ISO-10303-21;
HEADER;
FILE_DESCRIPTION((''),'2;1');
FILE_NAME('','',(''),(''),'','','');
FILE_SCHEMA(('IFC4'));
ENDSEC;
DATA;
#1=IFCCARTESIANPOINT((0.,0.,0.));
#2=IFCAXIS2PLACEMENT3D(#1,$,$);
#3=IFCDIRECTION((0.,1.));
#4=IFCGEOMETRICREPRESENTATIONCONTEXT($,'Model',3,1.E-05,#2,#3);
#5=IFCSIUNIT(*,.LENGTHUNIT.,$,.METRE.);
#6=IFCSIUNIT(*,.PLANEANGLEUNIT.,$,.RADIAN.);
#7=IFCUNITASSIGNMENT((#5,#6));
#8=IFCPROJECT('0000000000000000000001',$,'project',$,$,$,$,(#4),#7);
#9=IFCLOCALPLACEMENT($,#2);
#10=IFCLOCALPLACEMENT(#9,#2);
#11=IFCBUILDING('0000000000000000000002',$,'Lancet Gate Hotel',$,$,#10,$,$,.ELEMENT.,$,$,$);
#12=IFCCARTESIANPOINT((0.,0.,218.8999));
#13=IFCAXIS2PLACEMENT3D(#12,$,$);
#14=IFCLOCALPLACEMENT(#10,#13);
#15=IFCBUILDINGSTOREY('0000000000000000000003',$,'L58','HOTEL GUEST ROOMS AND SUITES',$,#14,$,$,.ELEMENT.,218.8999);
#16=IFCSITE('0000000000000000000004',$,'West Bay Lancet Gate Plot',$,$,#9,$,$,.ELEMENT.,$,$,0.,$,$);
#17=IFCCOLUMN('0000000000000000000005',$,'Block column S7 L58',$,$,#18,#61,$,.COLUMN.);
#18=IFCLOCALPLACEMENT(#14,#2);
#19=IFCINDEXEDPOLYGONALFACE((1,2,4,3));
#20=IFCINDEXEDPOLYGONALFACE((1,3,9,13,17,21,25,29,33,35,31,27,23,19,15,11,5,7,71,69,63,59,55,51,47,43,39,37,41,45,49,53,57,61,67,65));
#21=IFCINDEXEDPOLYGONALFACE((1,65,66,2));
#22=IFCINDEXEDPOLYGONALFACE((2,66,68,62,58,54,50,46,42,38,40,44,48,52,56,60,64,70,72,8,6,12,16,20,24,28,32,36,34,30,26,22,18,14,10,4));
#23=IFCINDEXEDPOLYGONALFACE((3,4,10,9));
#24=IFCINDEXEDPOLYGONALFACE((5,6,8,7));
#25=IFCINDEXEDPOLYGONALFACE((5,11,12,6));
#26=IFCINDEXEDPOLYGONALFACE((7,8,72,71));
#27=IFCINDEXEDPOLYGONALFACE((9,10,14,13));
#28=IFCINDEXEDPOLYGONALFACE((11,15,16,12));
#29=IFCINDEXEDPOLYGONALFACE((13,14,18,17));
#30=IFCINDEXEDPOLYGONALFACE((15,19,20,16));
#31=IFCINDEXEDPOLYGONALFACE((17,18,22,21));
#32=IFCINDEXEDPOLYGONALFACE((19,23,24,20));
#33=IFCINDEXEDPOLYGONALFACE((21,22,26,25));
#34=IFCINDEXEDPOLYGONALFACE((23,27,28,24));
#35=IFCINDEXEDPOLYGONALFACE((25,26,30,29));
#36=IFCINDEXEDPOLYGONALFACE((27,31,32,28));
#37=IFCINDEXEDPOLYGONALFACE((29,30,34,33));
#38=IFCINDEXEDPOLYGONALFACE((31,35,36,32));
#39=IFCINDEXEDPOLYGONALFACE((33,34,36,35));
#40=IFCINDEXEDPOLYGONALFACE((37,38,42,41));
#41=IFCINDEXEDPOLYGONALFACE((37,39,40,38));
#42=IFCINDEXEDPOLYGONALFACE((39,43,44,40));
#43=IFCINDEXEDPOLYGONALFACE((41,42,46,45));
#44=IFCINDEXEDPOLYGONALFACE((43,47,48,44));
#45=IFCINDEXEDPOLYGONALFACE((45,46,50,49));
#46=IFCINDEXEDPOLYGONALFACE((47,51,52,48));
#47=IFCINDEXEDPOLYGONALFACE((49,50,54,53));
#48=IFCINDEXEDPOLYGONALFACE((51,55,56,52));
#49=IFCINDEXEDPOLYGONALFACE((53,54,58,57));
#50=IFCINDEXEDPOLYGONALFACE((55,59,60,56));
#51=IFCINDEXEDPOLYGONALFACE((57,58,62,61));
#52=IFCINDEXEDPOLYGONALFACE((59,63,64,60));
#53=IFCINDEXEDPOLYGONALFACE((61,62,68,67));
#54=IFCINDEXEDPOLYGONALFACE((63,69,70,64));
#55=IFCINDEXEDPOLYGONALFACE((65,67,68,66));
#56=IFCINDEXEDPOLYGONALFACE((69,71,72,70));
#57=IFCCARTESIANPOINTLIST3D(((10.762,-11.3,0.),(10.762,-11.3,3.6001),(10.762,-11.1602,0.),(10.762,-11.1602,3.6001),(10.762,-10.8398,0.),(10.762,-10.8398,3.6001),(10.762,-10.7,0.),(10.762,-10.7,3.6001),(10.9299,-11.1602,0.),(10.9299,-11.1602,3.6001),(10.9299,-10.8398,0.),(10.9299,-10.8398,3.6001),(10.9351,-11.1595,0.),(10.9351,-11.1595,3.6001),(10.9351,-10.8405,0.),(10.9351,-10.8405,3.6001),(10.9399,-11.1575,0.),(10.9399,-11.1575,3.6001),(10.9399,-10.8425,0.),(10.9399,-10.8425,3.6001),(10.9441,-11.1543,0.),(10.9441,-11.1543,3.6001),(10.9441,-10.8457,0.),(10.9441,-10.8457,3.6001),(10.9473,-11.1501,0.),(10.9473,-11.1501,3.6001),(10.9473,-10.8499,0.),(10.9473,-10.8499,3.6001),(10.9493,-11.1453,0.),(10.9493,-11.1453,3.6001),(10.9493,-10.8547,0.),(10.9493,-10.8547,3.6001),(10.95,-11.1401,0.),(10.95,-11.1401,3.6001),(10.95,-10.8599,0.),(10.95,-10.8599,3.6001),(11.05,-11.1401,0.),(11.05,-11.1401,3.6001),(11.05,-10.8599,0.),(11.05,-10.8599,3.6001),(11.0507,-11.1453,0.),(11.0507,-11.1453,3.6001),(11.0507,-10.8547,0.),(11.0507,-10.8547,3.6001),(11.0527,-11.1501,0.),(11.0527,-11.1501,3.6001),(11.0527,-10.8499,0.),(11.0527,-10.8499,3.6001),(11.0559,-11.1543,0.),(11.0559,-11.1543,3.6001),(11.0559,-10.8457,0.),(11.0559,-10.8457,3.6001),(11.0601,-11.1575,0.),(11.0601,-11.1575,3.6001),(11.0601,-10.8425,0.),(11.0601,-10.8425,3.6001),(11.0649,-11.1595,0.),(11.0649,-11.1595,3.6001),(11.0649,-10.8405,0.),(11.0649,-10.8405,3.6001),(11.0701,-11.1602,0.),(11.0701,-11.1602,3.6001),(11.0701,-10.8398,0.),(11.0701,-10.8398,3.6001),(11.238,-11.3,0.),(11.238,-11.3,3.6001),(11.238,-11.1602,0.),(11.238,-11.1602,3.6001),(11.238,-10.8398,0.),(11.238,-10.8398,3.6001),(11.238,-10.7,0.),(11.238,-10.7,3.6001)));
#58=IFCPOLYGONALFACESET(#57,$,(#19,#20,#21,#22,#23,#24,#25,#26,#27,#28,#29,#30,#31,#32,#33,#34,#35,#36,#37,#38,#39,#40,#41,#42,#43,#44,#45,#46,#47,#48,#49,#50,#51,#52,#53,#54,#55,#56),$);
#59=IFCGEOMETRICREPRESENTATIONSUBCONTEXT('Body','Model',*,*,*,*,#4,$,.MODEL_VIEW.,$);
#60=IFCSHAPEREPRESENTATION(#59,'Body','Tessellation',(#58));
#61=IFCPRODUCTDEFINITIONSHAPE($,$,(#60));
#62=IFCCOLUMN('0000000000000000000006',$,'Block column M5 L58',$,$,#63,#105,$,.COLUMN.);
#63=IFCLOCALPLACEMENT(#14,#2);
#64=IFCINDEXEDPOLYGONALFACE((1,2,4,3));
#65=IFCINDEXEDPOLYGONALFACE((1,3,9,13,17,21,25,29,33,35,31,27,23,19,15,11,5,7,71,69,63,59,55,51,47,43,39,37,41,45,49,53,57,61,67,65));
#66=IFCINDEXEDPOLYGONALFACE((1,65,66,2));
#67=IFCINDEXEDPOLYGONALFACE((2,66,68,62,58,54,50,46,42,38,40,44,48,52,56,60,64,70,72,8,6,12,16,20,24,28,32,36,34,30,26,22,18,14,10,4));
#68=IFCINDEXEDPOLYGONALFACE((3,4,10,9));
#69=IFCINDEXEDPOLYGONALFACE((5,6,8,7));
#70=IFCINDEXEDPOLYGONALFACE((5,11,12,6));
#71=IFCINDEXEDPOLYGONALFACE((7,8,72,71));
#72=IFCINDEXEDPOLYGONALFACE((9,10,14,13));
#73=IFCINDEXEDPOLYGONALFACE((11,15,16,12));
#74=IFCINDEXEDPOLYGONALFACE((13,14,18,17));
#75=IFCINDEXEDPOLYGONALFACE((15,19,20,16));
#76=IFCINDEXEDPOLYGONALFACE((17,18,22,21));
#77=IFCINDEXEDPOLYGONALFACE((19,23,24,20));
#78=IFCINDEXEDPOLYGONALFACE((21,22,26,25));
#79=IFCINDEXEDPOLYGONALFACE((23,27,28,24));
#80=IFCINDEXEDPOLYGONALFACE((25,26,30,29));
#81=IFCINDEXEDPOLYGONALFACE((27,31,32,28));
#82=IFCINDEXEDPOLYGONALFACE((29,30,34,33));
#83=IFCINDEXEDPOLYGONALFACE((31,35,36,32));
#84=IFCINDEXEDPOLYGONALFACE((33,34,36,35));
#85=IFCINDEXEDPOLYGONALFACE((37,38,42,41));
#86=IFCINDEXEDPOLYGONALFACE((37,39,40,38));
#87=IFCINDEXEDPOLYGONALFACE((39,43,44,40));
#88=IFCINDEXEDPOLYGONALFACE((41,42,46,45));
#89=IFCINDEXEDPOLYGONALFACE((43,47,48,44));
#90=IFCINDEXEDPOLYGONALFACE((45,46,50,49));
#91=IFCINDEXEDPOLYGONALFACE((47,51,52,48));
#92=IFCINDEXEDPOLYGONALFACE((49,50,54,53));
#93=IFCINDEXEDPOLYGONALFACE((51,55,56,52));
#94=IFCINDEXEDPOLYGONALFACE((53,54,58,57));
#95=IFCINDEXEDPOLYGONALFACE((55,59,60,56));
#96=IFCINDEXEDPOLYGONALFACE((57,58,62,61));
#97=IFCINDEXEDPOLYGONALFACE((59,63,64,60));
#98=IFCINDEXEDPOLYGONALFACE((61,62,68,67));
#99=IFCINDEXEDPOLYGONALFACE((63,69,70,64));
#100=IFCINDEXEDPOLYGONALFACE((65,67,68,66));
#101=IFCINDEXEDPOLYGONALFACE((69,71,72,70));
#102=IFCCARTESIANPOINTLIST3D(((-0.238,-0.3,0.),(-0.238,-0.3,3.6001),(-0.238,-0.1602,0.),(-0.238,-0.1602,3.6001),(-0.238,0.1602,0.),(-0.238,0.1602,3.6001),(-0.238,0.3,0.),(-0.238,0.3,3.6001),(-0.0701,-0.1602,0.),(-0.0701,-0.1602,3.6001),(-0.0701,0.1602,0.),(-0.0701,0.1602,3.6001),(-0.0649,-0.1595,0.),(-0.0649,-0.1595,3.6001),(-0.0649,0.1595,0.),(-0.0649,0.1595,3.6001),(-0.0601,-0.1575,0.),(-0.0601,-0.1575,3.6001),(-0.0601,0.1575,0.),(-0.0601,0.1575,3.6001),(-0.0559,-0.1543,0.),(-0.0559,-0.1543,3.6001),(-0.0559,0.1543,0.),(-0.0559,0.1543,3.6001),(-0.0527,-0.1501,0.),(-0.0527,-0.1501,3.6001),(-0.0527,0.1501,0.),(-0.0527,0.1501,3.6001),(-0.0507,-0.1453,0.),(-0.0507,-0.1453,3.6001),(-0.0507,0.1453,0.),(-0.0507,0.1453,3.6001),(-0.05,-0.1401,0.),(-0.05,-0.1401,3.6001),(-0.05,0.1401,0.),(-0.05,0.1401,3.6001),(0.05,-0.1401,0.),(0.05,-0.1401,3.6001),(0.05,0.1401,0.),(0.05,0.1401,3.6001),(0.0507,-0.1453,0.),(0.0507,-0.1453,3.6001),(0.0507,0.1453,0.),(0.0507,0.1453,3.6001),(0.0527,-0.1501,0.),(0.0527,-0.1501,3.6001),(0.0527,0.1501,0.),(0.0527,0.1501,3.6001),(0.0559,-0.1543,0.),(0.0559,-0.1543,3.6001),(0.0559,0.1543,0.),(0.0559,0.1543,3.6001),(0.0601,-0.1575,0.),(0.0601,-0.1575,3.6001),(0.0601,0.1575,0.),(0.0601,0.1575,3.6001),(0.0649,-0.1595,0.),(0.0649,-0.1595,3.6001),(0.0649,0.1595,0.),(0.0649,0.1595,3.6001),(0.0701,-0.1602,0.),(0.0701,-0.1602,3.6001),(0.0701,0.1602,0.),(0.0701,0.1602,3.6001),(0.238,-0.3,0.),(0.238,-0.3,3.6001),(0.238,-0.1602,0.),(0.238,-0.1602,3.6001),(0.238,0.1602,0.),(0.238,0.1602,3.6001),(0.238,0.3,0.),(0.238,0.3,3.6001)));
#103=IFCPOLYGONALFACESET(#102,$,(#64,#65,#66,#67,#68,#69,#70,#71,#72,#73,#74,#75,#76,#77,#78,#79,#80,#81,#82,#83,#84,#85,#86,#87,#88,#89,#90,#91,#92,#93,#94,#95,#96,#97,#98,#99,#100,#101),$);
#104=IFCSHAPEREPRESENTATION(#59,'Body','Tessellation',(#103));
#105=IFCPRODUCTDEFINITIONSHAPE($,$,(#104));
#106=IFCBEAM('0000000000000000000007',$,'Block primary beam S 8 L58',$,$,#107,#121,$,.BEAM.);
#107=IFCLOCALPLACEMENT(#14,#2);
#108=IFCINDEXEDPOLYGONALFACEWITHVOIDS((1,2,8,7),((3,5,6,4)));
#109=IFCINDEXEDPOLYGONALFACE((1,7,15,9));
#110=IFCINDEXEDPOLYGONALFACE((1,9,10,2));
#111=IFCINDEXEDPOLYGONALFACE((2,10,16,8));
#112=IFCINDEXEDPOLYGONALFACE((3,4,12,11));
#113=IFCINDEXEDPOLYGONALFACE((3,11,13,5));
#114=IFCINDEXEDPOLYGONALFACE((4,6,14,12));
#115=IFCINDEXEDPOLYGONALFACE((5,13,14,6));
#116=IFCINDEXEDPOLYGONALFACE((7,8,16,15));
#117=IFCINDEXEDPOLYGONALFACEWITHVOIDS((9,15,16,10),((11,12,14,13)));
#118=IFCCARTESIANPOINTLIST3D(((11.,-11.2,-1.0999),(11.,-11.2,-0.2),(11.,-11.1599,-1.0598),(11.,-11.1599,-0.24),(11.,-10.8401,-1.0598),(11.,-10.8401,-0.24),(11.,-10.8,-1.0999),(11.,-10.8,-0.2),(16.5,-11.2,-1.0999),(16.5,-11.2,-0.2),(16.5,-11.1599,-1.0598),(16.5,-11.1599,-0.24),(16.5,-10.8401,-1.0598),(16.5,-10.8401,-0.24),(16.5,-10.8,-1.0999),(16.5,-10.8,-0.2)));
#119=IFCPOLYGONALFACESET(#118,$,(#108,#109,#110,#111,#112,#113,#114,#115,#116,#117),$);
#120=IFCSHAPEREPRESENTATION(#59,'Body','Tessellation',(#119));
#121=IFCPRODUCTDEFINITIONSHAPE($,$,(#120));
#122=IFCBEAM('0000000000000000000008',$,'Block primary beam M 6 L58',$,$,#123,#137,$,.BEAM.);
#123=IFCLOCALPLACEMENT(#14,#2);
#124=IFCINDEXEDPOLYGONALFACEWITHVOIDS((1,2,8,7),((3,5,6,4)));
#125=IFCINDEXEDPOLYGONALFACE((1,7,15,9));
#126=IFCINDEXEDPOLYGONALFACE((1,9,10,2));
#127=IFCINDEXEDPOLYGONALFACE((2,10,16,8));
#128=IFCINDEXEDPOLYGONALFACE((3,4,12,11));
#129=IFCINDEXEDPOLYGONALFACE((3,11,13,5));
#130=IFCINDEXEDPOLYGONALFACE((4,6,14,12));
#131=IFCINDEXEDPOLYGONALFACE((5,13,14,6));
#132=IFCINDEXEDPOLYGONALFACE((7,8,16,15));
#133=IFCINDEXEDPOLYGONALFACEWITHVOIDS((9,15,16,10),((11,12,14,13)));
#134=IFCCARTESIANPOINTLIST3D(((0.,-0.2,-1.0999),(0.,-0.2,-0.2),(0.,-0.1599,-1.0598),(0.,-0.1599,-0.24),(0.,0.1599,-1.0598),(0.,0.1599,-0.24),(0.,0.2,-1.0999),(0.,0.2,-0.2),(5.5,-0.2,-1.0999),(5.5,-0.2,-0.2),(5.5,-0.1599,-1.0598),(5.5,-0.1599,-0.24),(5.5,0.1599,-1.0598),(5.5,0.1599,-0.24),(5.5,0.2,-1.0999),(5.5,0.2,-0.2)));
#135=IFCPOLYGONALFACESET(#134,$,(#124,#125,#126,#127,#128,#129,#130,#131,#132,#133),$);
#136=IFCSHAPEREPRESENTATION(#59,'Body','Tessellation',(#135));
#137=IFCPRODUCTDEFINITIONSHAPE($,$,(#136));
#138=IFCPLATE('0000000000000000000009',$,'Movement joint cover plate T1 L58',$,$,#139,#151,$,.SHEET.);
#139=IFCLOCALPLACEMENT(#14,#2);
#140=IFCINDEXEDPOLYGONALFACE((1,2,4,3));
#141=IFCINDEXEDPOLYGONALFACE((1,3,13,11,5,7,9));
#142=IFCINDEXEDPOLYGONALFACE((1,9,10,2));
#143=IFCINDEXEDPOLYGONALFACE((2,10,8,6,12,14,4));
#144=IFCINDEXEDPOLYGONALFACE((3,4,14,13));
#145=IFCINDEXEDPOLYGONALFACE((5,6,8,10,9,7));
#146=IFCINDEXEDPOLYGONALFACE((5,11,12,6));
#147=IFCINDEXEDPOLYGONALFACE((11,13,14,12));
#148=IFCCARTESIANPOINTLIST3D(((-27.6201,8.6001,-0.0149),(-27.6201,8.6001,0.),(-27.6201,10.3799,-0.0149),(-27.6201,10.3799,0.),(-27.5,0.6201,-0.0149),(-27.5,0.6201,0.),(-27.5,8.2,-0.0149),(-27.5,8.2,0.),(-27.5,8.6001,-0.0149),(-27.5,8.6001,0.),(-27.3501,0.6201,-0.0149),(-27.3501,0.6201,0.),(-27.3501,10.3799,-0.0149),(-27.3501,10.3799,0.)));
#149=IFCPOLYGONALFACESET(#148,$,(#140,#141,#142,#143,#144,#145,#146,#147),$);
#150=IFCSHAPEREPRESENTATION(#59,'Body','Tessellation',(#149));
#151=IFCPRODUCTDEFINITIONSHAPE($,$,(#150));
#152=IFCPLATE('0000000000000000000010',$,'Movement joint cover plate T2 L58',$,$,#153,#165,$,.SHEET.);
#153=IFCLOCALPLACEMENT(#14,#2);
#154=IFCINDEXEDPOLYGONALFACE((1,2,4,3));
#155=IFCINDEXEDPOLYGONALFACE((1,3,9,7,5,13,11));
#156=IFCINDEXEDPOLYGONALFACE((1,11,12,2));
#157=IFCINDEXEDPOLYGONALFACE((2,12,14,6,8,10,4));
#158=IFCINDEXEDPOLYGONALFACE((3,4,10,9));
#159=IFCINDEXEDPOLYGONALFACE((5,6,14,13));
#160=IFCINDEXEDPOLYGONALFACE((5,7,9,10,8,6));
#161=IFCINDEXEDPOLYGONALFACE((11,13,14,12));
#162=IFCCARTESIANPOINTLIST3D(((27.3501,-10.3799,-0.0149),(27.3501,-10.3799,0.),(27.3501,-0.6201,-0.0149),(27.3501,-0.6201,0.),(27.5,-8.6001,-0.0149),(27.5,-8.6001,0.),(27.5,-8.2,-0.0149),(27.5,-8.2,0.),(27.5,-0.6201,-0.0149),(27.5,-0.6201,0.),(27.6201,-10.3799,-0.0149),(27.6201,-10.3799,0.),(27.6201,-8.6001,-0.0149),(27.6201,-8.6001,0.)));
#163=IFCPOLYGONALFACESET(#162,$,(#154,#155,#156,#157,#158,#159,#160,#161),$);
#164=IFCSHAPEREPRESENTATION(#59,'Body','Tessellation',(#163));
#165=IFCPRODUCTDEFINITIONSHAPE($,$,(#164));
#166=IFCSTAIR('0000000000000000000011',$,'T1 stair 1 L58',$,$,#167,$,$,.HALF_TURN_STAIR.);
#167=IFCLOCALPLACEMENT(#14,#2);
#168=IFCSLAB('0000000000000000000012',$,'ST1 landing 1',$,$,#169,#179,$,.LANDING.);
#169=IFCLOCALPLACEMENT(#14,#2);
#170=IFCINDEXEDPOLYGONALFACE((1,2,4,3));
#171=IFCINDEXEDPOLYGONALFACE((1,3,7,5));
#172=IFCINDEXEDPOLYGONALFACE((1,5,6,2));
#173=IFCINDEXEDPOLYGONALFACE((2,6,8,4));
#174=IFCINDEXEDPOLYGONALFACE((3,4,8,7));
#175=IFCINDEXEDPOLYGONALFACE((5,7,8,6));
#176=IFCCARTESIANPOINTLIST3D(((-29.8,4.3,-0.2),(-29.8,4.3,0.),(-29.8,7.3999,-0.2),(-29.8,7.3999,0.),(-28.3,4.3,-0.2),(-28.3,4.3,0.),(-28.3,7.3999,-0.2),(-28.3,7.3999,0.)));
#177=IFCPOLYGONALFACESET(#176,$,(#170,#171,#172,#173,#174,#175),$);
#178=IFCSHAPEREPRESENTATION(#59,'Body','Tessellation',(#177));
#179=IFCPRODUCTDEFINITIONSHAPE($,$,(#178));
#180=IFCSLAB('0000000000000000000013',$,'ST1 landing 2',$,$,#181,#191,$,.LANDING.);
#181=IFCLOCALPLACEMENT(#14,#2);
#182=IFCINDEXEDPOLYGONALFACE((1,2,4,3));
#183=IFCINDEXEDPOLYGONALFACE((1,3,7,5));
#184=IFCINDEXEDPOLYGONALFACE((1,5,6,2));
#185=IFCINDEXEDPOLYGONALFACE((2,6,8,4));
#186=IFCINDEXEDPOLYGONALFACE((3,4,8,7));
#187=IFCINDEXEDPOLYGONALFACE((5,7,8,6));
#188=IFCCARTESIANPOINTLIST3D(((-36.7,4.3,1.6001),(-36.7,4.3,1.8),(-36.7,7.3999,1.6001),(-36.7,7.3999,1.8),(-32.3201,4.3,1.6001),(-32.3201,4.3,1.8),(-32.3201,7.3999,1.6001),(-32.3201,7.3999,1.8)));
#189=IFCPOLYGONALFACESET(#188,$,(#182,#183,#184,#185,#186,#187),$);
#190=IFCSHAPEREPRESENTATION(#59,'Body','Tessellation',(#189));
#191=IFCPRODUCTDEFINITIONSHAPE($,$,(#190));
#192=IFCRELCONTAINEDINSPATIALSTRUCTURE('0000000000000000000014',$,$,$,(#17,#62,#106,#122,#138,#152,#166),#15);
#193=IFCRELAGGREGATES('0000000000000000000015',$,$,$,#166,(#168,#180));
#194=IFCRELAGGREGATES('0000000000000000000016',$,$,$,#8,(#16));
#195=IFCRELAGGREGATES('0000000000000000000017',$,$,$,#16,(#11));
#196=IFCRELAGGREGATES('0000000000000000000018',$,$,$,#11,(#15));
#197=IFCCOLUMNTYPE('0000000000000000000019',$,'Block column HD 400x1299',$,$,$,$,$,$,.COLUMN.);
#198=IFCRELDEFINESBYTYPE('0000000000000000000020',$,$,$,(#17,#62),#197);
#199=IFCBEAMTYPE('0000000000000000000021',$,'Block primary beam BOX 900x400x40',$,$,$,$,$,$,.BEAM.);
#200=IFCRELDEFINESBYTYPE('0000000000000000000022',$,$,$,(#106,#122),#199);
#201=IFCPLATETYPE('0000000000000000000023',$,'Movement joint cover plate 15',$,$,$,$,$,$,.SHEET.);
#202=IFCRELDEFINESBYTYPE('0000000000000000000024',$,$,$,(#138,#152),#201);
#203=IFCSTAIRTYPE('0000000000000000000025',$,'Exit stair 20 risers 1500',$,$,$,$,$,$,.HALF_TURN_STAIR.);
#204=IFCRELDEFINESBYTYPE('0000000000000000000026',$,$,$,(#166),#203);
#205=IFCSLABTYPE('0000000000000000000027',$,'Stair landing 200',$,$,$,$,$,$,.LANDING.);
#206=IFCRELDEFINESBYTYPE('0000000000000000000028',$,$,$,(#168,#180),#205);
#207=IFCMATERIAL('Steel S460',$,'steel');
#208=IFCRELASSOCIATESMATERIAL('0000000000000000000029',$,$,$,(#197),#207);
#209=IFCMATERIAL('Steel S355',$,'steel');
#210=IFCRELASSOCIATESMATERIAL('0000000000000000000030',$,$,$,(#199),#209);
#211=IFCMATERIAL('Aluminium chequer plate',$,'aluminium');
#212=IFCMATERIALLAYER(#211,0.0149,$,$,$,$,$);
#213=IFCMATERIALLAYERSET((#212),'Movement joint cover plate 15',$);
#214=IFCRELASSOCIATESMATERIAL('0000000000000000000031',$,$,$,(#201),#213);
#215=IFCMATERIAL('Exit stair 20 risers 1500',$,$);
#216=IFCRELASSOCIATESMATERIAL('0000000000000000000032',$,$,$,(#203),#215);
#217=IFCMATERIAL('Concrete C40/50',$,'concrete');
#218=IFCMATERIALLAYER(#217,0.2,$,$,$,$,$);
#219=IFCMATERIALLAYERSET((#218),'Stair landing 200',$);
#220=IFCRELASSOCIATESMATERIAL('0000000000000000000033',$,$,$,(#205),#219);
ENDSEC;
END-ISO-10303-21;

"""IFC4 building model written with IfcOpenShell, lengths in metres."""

from ifc_helpers import new_model, si_unit, direction, frame, origin, origin_2d, place, context, subcontext, project, spatial, polyline, hollow_rectangle, i_section, outline, extrude, material, layer, layer_set, material_profile, profile_set, type_object, element, aggregate, save


model = new_model("IFC4")

# Units and contexts
model_context = context("Model", 3, precision=1e-05, world=origin(), true_north=direction((0.0, 1.0)))
body_context = subcontext(model_context, "Body", "Model", "MODEL_VIEW")
ifc_project = project(units=[si_unit("LENGTHUNIT", "METRE"), si_unit("PLANEANGLEUNIT", "RADIAN")], contexts=[model_context])

# Site, building, storey
site_placement = place(None, origin())
site = spatial("IfcSite", under=ifc_project, at=site_placement, Name="West Bay Lancet Gate Plot", CompositionType="ELEMENT", RefElevation=0.0)
building_placement = place(site_placement, origin())
building = spatial("IfcBuilding", under=site, at=building_placement, Name="Lancet Gate Hotel", CompositionType="ELEMENT")
storey_placement = place(building_placement, frame((0.0, 0.0, 218.8999)))
storey = spatial("IfcBuildingStorey", under=building, at=storey_placement, Name="L58", Description="HOTEL GUEST ROOMS AND SUITES", CompositionType="ELEMENT", Elevation=218.8999)

# Columns
ifc_material_1 = material(Name="Steel S460", Category="steel")
ifc_material_profile_1 = material_profile(ifc_material_1, i_section(OverallWidth=0.4761, OverallDepth=0.6001, WebThickness=0.1001, FlangeThickness=0.1399, FilletRadius=0.02, at=origin_2d()), Name="HD 400x1299")
ifc_profile_set_1 = profile_set([ifc_material_profile_1], Name="Steel S460")
column_type = type_object("IfcColumnType", Name="Block column HD 400x1299", PredefinedType="COLUMN", material=ifc_profile_set_1)
for number, where, z_axis, x_axis, name in (
    (1, (11.0, -11.0, 0.0), (0.0, 0.0, 1.0), (1.0, 0.0, 0.0), "Block column S7 L58"),
    (2, (0.0, 0.0, 0.0), (0.0, 0.0, 1.0), (1.0, 0.0, 0.0), "Block column M5 L58"),
):
    element("IfcColumn", number, at=place(storey_placement, frame(where, z_axis=z_axis, x_axis=x_axis)), inside=storey, type_object=column_type, Name=name, PredefinedType="COLUMN", context=body_context, shape_type="SweptSolid", body=[
        extrude(i_section(OverallWidth=0.4761, OverallDepth=0.6001, WebThickness=0.1001, FlangeThickness=0.1399, FilletRadius=0.02, at=origin_2d()), origin(), (0.0, 0.0, 1.0), 3.6001),
    ])

# Beams
ifc_material_2 = material(Name="Steel S355", Category="steel")
ifc_material_profile_2 = material_profile(ifc_material_2, hollow_rectangle(XDim=0.3999, YDim=0.8999, WallThickness=0.04, at=origin_2d()), Name="BOX 900x400x40")
ifc_profile_set_2 = profile_set([ifc_material_profile_2], Name="Steel S355")
beam_type = type_object("IfcBeamType", Name="Block primary beam BOX 900x400x40", PredefinedType="BEAM", material=ifc_profile_set_2)
for number, where, z_axis, x_axis, name in (
    (3, (11.0, -11.0, -0.6499), (1.0, 0.0, 0.0), (0.0, 1.0, 0.0), "Block primary beam S 8 L58"),
    (4, (0.0, 0.0, -0.6499), (1.0, 0.0, 0.0), (0.0, 1.0, 0.0), "Block primary beam M 6 L58"),
):
    element("IfcBeam", number, at=place(storey_placement, frame(where, z_axis=z_axis, x_axis=x_axis)), inside=storey, type_object=beam_type, Name=name, PredefinedType="BEAM", context=body_context, shape_type="SweptSolid", body=[
        extrude(hollow_rectangle(XDim=0.3999, YDim=0.8999, WallThickness=0.04, at=origin_2d()), origin(), (0.0, 0.0, 1.0), 5.5),
    ])

# Plates
ifc_material_3 = material(Name="Aluminium chequer plate", Category="aluminium")
ifc_layer_1 = layer(ifc_material_3, 0.0149)
ifc_layer_set_1 = layer_set([ifc_layer_1], Name="Movement joint cover plate 15")
plate_type = type_object("IfcPlateType", Name="Movement joint cover plate 15", PredefinedType="SHEET", material=ifc_layer_set_1)
plate_1_placement = place(storey_placement, frame((0.0, 0.0, -0.0149)))
element("IfcPlate", 5, at=plate_1_placement, inside=storey, type_object=plate_type, Name="Movement joint cover plate T1 L58", PredefinedType="SHEET", context=body_context, shape_type="SweptSolid", body=[
    extrude(outline(polyline([(-27.3501, 10.3799), (-27.6201, 10.3799), (-27.6201, 8.6001), (-27.5, 8.6001), (-27.5, 8.2), (-27.5, 0.6201), (-27.3501, 0.6201), (-27.3501, 10.3799)])), origin(), (0.0, 0.0, 1.0), 0.0149),
])
plate_2_placement = place(storey_placement, frame((0.0, 0.0, -0.0149)))
element("IfcPlate", 6, at=plate_2_placement, inside=storey, type_object=plate_type, Name="Movement joint cover plate T2 L58", PredefinedType="SHEET", context=body_context, shape_type="SweptSolid", body=[
    extrude(outline(polyline([(27.3501, -10.3799), (27.6201, -10.3799), (27.6201, -8.6001), (27.5, -8.6001), (27.5, -8.2), (27.5, -0.6201), (27.3501, -0.6201), (27.3501, -10.3799)])), origin(), (0.0, 0.0, 1.0), 0.0149),
])

# Stair, slabs
ifc_material_4 = material(Name="Exit stair 20 risers 1500")
stair_type = type_object("IfcStairType", Name="Exit stair 20 risers 1500", PredefinedType="HALF_TURN_STAIR", material=ifc_material_4)
stair_1_placement = place(storey_placement, origin())
stair_1 = element("IfcStair", 7, at=stair_1_placement, inside=storey, type_object=stair_type, Name="T1 stair 1 L58", PredefinedType="HALF_TURN_STAIR")
ifc_material_5 = material(Name="Concrete C40/50", Category="concrete")
ifc_layer_2 = layer(ifc_material_5, 0.2)
ifc_layer_set_2 = layer_set([ifc_layer_2], Name="Stair landing 200")
slab_type = type_object("IfcSlabType", Name="Stair landing 200", PredefinedType="LANDING", material=ifc_layer_set_2)
slab_1_placement = place(storey_placement, frame((0.0, 0.0, -0.2)))
slab_1 = element("IfcSlab", 8, at=slab_1_placement, type_object=slab_type, Name="ST1 landing 1", PredefinedType="LANDING", context=body_context, shape_type="SweptSolid", body=[
    extrude(outline(polyline([(-28.3, 7.3999), (-29.8, 7.3999), (-29.8, 4.3), (-28.3, 4.3), (-28.3, 7.3999)])), origin(), (0.0, 0.0, 1.0), 0.2),
])
slab_2_placement = place(storey_placement, frame((0.0, 0.0, 1.6001)))
slab_2 = element("IfcSlab", 9, at=slab_2_placement, type_object=slab_type, Name="ST1 landing 2", PredefinedType="LANDING", context=body_context, shape_type="SweptSolid", body=[
    extrude(outline(polyline([(-32.3201, 7.3999), (-36.7, 7.3999), (-36.7, 4.3), (-32.3201, 4.3), (-32.3201, 7.3999)])), origin(), (0.0, 0.0, 1.0), 0.2),
])
aggregate(stair_1, [slab_1, slab_2])

save(model, "model.ifc")
